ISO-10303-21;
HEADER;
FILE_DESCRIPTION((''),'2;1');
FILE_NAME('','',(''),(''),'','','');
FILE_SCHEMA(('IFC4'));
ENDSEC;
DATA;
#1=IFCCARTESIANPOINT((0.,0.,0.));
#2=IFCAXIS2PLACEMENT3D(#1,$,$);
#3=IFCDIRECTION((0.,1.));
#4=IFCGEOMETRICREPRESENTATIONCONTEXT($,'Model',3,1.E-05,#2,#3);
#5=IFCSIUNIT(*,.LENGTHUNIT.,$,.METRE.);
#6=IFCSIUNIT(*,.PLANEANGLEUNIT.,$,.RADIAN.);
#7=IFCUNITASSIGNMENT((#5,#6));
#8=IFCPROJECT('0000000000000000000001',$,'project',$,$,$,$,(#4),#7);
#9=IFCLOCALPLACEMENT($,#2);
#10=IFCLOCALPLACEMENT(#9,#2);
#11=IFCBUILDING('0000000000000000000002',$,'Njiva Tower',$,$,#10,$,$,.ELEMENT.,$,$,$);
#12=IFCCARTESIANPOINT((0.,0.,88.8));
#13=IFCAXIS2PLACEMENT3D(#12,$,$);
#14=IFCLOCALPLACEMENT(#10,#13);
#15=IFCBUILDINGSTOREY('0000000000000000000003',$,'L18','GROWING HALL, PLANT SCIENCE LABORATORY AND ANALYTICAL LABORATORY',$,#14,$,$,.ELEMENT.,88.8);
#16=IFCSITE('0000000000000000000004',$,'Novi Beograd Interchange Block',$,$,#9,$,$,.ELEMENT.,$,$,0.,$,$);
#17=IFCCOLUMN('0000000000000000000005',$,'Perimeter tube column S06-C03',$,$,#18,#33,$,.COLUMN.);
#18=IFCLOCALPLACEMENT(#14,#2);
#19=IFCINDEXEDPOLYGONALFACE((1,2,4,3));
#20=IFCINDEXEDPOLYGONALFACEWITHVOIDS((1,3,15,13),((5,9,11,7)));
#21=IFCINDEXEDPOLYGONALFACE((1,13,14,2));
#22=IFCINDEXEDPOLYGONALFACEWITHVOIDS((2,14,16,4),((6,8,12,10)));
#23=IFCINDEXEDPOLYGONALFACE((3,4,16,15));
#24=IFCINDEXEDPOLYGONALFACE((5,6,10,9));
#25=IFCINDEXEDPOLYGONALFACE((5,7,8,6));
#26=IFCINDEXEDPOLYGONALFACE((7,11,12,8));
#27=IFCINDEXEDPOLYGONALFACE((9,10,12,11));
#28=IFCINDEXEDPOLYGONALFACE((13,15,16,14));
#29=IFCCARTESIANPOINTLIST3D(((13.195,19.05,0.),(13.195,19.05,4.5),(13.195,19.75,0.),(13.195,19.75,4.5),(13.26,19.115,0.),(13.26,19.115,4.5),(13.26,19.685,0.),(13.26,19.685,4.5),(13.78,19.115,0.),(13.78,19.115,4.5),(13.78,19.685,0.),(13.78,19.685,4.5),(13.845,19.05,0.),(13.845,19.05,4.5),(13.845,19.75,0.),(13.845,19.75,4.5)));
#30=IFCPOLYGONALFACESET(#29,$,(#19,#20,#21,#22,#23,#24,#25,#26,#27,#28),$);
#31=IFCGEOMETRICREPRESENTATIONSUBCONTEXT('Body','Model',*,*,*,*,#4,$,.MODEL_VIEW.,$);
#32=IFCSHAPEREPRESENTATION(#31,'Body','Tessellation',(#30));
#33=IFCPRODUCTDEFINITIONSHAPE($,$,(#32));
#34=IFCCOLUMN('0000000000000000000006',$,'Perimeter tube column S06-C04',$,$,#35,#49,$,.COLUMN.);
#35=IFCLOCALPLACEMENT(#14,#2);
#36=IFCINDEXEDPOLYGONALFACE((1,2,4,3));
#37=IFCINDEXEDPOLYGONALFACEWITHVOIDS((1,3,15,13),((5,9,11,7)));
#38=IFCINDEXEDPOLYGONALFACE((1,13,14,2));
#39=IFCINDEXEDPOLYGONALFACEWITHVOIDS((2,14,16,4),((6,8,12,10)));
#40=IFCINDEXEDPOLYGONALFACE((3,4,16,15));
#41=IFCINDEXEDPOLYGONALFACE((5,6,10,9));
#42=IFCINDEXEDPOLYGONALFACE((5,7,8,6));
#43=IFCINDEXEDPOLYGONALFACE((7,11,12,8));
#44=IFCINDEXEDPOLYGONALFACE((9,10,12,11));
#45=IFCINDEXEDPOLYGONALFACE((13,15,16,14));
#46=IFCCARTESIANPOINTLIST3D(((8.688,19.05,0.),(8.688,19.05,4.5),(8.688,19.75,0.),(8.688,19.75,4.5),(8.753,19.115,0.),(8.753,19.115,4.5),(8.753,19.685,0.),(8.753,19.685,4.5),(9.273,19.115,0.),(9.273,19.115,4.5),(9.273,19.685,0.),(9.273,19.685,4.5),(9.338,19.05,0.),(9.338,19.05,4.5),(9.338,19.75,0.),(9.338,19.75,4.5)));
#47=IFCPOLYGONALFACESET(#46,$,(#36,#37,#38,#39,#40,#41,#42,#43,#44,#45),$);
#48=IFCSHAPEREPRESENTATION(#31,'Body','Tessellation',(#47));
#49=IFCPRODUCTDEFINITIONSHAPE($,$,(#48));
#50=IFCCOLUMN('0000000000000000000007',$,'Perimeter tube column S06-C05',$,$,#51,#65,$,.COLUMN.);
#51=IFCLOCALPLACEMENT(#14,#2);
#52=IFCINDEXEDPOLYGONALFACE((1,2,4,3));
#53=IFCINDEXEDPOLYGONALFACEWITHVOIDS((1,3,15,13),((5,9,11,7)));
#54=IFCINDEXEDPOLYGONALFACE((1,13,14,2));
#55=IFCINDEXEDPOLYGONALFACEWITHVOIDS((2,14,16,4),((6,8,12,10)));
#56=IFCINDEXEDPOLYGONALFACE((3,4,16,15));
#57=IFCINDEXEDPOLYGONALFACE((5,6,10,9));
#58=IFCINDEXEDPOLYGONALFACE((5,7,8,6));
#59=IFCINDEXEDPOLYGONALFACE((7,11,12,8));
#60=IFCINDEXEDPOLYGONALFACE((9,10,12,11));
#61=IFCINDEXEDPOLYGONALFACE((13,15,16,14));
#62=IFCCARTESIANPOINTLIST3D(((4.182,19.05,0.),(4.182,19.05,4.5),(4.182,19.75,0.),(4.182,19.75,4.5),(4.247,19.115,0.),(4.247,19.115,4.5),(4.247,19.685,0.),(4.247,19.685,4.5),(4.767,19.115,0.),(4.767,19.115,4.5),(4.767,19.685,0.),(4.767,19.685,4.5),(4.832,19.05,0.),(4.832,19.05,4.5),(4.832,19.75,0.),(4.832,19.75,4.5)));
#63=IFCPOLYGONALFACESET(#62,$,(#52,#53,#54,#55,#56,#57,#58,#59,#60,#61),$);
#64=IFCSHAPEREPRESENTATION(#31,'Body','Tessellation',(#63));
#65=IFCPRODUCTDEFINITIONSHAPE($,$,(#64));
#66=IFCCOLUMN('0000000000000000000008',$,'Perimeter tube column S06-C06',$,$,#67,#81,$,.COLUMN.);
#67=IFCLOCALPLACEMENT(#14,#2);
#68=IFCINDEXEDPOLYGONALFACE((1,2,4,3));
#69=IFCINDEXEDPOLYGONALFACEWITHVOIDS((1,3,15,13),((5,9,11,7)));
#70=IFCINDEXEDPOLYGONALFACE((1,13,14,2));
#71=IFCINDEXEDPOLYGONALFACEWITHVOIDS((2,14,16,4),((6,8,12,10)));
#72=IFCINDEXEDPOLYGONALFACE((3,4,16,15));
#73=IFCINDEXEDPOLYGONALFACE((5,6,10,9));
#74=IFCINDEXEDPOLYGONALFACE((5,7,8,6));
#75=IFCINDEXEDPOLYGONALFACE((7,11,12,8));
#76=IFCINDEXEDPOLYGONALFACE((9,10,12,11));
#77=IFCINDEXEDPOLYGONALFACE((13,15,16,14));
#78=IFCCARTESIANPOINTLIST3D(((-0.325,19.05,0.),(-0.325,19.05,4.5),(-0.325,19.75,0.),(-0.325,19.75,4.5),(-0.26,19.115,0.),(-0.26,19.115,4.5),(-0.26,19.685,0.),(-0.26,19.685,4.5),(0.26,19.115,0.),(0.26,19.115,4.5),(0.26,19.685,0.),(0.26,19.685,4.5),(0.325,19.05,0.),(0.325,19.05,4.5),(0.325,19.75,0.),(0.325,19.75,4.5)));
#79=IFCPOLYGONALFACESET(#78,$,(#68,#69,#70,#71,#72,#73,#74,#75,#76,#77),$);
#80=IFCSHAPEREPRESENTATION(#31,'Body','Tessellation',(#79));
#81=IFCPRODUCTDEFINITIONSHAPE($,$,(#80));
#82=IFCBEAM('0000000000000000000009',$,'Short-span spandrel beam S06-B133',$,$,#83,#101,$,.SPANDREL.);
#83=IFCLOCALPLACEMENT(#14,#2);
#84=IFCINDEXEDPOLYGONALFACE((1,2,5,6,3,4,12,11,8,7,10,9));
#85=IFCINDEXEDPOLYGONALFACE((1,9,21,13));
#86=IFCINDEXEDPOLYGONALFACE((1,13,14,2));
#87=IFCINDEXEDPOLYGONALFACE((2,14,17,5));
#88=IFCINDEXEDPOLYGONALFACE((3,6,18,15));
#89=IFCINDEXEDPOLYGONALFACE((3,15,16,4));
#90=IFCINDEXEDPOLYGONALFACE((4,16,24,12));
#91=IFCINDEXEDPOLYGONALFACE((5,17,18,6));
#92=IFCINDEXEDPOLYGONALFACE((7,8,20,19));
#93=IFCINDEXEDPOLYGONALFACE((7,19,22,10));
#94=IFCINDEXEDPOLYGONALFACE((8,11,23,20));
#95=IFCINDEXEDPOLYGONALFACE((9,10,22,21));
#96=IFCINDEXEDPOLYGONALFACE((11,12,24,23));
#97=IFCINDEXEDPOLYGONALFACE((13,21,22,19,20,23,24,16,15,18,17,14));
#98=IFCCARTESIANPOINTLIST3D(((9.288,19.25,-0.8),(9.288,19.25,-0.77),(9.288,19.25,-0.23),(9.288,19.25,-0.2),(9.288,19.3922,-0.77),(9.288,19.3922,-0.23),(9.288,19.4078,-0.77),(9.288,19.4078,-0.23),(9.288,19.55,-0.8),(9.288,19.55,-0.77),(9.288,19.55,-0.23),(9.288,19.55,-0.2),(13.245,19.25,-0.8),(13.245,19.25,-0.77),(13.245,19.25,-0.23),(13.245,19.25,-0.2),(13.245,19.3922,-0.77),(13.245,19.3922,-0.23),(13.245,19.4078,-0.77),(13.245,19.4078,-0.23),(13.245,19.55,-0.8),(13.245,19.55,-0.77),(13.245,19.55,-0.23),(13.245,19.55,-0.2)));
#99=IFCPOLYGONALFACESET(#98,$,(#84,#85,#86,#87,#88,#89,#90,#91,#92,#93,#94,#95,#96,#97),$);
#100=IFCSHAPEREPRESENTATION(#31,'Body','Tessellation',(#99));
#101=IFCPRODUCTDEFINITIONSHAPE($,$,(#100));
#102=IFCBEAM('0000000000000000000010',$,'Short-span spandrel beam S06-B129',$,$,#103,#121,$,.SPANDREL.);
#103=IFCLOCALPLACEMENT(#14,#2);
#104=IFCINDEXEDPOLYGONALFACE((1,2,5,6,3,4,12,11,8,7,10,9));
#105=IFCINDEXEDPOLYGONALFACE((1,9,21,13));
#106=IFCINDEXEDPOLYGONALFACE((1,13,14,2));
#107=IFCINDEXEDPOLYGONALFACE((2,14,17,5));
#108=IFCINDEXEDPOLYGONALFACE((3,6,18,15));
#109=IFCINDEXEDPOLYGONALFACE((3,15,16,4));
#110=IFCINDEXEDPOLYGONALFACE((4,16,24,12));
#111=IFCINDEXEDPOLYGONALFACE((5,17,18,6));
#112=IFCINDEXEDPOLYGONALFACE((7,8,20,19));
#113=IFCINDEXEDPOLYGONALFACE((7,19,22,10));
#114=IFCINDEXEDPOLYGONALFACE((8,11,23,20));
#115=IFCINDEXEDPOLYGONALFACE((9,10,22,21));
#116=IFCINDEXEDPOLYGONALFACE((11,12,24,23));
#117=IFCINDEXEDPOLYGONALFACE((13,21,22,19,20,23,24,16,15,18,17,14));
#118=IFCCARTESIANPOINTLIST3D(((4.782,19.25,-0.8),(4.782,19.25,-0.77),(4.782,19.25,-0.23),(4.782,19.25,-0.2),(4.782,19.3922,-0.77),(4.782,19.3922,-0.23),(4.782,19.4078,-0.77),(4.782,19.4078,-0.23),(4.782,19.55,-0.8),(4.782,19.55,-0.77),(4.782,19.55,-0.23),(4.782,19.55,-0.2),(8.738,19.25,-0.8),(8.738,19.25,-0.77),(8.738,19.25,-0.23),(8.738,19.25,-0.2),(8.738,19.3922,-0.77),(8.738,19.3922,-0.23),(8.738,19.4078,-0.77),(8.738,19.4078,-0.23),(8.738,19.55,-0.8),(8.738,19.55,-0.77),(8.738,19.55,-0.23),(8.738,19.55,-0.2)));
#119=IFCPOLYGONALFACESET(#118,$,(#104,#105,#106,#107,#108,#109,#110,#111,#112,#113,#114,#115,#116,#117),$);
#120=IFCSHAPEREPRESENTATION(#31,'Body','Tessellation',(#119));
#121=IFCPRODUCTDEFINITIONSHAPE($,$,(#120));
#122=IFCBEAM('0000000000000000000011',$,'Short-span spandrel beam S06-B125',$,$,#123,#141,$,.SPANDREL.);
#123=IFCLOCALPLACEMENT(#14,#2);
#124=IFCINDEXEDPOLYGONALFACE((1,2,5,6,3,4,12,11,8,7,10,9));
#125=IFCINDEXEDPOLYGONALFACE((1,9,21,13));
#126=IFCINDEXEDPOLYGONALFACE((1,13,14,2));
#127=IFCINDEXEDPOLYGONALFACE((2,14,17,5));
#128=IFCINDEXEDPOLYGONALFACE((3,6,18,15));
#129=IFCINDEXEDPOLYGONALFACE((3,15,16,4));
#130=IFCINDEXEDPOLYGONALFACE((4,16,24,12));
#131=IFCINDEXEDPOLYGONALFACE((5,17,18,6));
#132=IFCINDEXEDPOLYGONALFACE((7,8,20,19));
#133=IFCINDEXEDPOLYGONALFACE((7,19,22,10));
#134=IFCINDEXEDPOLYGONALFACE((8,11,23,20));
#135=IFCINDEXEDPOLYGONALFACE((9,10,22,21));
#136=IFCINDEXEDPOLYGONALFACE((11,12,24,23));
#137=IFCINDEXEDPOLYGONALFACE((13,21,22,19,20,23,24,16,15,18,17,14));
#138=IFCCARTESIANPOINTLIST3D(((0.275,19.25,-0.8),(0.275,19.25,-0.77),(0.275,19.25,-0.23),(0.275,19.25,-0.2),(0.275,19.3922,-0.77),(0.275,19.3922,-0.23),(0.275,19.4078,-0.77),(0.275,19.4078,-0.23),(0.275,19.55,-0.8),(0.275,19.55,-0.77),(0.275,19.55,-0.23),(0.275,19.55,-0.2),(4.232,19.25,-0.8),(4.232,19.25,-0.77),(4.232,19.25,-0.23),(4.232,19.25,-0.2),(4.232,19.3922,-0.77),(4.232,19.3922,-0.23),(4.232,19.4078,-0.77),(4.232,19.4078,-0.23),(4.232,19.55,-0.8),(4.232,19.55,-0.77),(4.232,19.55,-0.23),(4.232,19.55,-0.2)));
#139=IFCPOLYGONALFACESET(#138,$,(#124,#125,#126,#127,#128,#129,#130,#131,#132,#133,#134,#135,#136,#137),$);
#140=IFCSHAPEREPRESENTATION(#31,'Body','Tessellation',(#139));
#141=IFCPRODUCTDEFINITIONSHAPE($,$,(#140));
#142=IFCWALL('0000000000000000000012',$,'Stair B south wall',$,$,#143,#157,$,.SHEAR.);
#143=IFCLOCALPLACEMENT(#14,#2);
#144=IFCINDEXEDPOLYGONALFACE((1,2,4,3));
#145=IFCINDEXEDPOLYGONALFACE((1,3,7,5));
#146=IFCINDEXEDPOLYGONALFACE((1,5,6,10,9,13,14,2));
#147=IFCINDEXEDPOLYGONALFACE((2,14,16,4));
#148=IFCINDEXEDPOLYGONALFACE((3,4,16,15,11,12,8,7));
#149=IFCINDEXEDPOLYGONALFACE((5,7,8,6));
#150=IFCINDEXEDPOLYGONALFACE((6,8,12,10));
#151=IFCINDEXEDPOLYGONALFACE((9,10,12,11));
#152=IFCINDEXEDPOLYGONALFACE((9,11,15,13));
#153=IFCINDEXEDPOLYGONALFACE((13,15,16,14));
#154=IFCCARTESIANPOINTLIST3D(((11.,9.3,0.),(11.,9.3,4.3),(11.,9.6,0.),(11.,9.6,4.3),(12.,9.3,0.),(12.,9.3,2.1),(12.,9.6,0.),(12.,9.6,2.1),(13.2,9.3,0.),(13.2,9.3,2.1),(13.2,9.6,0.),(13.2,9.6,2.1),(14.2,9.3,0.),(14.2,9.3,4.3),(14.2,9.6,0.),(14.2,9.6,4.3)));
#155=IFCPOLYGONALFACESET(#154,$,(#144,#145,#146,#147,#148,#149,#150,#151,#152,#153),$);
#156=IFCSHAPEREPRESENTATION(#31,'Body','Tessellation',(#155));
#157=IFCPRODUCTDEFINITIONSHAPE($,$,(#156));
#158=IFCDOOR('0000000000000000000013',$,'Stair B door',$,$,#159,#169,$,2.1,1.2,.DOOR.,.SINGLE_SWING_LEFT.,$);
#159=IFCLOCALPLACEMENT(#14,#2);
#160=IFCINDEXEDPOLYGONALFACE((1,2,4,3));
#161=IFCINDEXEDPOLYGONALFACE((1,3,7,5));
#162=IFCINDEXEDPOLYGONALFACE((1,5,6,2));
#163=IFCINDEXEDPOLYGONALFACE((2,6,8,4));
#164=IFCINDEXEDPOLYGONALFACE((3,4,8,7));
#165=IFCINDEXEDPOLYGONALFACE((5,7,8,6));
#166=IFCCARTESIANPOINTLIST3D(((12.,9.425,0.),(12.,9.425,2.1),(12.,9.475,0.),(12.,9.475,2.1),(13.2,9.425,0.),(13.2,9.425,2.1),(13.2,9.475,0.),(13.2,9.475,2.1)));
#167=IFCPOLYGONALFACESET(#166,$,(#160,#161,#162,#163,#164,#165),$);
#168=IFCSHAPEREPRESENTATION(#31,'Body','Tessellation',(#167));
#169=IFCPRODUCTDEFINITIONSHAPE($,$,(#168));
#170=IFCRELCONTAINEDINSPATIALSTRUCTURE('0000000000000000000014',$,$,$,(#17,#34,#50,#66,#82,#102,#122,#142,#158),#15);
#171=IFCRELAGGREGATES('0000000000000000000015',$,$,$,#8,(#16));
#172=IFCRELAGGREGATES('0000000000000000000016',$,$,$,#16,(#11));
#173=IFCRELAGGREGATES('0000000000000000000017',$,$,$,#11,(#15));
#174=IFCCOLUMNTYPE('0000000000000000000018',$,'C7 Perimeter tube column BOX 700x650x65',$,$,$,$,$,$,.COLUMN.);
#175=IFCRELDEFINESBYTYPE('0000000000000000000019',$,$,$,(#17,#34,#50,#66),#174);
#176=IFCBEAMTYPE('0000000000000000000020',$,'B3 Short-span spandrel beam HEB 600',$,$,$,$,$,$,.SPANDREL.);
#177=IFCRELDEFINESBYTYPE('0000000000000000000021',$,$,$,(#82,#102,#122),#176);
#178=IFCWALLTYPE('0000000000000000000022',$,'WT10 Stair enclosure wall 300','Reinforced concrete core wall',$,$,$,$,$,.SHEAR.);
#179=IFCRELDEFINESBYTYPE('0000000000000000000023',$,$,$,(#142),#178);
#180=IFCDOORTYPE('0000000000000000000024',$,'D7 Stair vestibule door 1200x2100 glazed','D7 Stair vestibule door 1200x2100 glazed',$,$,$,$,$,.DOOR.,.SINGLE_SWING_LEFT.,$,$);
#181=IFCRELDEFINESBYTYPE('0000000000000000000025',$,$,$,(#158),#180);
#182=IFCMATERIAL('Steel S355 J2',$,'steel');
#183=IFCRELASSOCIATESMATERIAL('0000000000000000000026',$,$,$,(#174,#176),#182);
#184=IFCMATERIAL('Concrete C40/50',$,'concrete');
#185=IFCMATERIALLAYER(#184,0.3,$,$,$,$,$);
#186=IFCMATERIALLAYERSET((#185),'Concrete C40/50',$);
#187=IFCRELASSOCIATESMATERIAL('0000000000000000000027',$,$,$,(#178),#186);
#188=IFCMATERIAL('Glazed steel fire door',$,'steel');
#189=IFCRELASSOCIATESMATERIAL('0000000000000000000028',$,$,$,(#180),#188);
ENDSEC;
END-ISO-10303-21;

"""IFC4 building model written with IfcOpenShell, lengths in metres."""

from ifc_helpers import new_model, si_unit, direction, frame, frame_2d, origin, origin_2d, place, context, subcontext, project, spatial, rectangle, hollow_rectangle, i_section, extrude, material, layer, layer_set, material_profile, profile_set, type_object, element, fill, save


model = new_model("IFC4")

# Units and contexts
model_context = context("Model", 3, precision=1e-05, world=origin(), true_north=direction((0.0, 1.0)))
body_context = subcontext(model_context, "Body", "Model", "MODEL_VIEW")
ifc_project = project(units=[si_unit("LENGTHUNIT", "METRE"), si_unit("PLANEANGLEUNIT", "RADIAN")], contexts=[model_context])

# Site, building, storey
site_placement = place(None, origin())
site = spatial("IfcSite", under=ifc_project, at=site_placement, Name="Novi Beograd Interchange Block", CompositionType="ELEMENT", RefElevation=0.0)
building_placement = place(site_placement, origin())
building = spatial("IfcBuilding", under=site, at=building_placement, Name="Njiva Tower", CompositionType="ELEMENT")
storey_placement = place(building_placement, frame((0.0, 0.0, 88.8)))
storey = spatial("IfcBuildingStorey", under=building, at=storey_placement, Name="L18", Description="GROWING HALL, PLANT SCIENCE LABORATORY AND ANALYTICAL LABORATORY", CompositionType="ELEMENT", Elevation=88.8)

# Columns
ifc_material_1 = material(Name="Steel S355 J2", Category="steel")
ifc_material_profile_1 = material_profile(ifc_material_1, hollow_rectangle(XDim=0.65, YDim=0.7, WallThickness=0.065, at=origin_2d()), Name="BOX 700x650x65")
ifc_profile_set_1 = profile_set([ifc_material_profile_1], Name="Steel S355 J2")
column_type = type_object("IfcColumnType", Name="C7 Perimeter tube column BOX 700x650x65", PredefinedType="COLUMN", material=ifc_profile_set_1)
for number, where, z_axis, x_axis, name in (
    (1, (13.52, 19.4, 0.0), (0.0, 0.0, 1.0), (-1.0, 0.0, 0.0), "Perimeter tube column S06-C03"),
    (2, (9.013, 19.4, 0.0), (0.0, 0.0, 1.0), (-1.0, 0.0, 0.0), "Perimeter tube column S06-C04"),
    (3, (4.507, 19.4, 0.0), (0.0, 0.0, 1.0), (-1.0, 0.0, 0.0), "Perimeter tube column S06-C05"),
    (4, (0.0, 19.4, 0.0), (0.0, 0.0, 1.0), (-1.0, 0.0, 0.0), "Perimeter tube column S06-C06"),
):
    element("IfcColumn", number, at=place(storey_placement, frame(where, z_axis=z_axis, x_axis=x_axis)), inside=storey, type_object=column_type, Name=name, PredefinedType="COLUMN", context=body_context, shape_type="SweptSolid", body=[
        extrude(hollow_rectangle(XDim=0.65, YDim=0.7, WallThickness=0.065, at=origin_2d()), origin(), (0.0, 0.0, 1.0), 4.5),
    ])

# Beams
ifc_material_profile_2 = material_profile(ifc_material_1, i_section(OverallWidth=0.3, OverallDepth=0.6, WebThickness=0.0155, FlangeThickness=0.03, at=origin_2d()), Name="HEB 600")
ifc_profile_set_2 = profile_set([ifc_material_profile_2], Name="Steel S355 J2")
beam_type = type_object("IfcBeamType", Name="B3 Short-span spandrel beam HEB 600", PredefinedType="SPANDREL", material=ifc_profile_set_2)
beam_1_placement = place(storey_placement, frame((13.245, 19.4, -0.5), z_axis=(-1.0, 0.0, 0.0), x_axis=(0.0, -1.0, 0.0)))
element("IfcBeam", 5, at=beam_1_placement, inside=storey, type_object=beam_type, Name="Short-span spandrel beam S06-B133", PredefinedType="SPANDREL", context=body_context, shape_type="SweptSolid", body=[
    extrude(i_section(OverallWidth=0.3, OverallDepth=0.6, WebThickness=0.0155, FlangeThickness=0.03, at=origin_2d()), origin(), (0.0, 0.0, 1.0), 3.957),
])
beam_2_placement = place(storey_placement, frame((8.738, 19.4, -0.5), z_axis=(-1.0, 0.0, 0.0), x_axis=(0.0, -1.0, 0.0)))
element("IfcBeam", 6, at=beam_2_placement, inside=storey, type_object=beam_type, Name="Short-span spandrel beam S06-B129", PredefinedType="SPANDREL", context=body_context, shape_type="SweptSolid", body=[
    extrude(i_section(OverallWidth=0.3, OverallDepth=0.6, WebThickness=0.0155, FlangeThickness=0.03, at=origin_2d()), origin(), (0.0, 0.0, 1.0), 3.956),
])
beam_3_placement = place(storey_placement, frame((4.232, 19.4, -0.5), z_axis=(-1.0, 0.0, 0.0), x_axis=(0.0, -1.0, 0.0)))
element("IfcBeam", 7, at=beam_3_placement, inside=storey, type_object=beam_type, Name="Short-span spandrel beam S06-B125", PredefinedType="SPANDREL", context=body_context, shape_type="SweptSolid", body=[
    extrude(i_section(OverallWidth=0.3, OverallDepth=0.6, WebThickness=0.0155, FlangeThickness=0.03, at=origin_2d()), origin(), (0.0, 0.0, 1.0), 3.957),
])

# Wall, opening, door
ifc_material_2 = material(Name="Concrete C40/50", Category="concrete")
ifc_layer_1 = layer(ifc_material_2, 0.3)
ifc_layer_set_1 = layer_set([ifc_layer_1], Name="Concrete C40/50")
wall_type_1 = type_object("IfcWallType", Name="WT10 Stair enclosure wall 300", Description="Reinforced concrete core wall", PredefinedType="SHEAR", material=ifc_layer_set_1)
wall_1_placement = place(storey_placement, frame((11.0, 9.45, 0.0), z_axis=(0.0, 0.0, 1.0), x_axis=(1.0, 0.0, 0.0)))
wall_1 = element("IfcWall", 8, at=wall_1_placement, inside=storey, type_object=wall_type_1, Name="Stair B south wall", PredefinedType="SHEAR", context=body_context, shape_type="SweptSolid", body=[
    extrude(rectangle(XDim=3.2, YDim=0.3, at=frame_2d((1.6, 0.0))), origin(), (0.0, 0.0, 1.0), 4.3),
])
opening_1_placement = place(wall_1_placement, frame((1.0, 0.0, 0.0)))
opening_1 = element("IfcOpeningElement", 9, at=opening_1_placement, cuts=wall_1, PredefinedType="OPENING", context=body_context, shape_type="SweptSolid", body=[
    extrude(rectangle(XDim=1.2, YDim=2.1, at=frame_2d((0.6, 1.05))), frame((0.0, 0.16, 0.0), z_axis=(0.0, -1.0, 0.0), x_axis=(1.0, 0.0, 0.0)), (0.0, 0.0, 1.0), 0.32),
])
ifc_material_3 = material(Name="Glazed steel fire door", Category="steel")
door_type_1 = type_object("IfcDoorType", Name="D7 Stair vestibule door 1200x2100 glazed", Description="D7 Stair vestibule door 1200x2100 glazed", OperationType="SINGLE_SWING_LEFT", PredefinedType="DOOR", material=ifc_material_3)
door_1_placement = place(opening_1_placement, origin())
door_1 = element("IfcDoor", 10, at=door_1_placement, inside=storey, type_object=door_type_1, Name="Stair B door", OperationType="SINGLE_SWING_LEFT", OverallHeight=2.1, OverallWidth=1.2, PredefinedType="DOOR", context=body_context, shape_type="SweptSolid", body=[
    extrude(rectangle(XDim=1.2, YDim=2.1, at=frame_2d((0.6, 1.05))), frame((0.0, 0.025, 0.0), z_axis=(0.0, -1.0, 0.0), x_axis=(1.0, 0.0, 0.0)), (0.0, 0.0, 1.0), 0.05),
])
fill(opening_1, door_1)

save(model, "model.ifc")
